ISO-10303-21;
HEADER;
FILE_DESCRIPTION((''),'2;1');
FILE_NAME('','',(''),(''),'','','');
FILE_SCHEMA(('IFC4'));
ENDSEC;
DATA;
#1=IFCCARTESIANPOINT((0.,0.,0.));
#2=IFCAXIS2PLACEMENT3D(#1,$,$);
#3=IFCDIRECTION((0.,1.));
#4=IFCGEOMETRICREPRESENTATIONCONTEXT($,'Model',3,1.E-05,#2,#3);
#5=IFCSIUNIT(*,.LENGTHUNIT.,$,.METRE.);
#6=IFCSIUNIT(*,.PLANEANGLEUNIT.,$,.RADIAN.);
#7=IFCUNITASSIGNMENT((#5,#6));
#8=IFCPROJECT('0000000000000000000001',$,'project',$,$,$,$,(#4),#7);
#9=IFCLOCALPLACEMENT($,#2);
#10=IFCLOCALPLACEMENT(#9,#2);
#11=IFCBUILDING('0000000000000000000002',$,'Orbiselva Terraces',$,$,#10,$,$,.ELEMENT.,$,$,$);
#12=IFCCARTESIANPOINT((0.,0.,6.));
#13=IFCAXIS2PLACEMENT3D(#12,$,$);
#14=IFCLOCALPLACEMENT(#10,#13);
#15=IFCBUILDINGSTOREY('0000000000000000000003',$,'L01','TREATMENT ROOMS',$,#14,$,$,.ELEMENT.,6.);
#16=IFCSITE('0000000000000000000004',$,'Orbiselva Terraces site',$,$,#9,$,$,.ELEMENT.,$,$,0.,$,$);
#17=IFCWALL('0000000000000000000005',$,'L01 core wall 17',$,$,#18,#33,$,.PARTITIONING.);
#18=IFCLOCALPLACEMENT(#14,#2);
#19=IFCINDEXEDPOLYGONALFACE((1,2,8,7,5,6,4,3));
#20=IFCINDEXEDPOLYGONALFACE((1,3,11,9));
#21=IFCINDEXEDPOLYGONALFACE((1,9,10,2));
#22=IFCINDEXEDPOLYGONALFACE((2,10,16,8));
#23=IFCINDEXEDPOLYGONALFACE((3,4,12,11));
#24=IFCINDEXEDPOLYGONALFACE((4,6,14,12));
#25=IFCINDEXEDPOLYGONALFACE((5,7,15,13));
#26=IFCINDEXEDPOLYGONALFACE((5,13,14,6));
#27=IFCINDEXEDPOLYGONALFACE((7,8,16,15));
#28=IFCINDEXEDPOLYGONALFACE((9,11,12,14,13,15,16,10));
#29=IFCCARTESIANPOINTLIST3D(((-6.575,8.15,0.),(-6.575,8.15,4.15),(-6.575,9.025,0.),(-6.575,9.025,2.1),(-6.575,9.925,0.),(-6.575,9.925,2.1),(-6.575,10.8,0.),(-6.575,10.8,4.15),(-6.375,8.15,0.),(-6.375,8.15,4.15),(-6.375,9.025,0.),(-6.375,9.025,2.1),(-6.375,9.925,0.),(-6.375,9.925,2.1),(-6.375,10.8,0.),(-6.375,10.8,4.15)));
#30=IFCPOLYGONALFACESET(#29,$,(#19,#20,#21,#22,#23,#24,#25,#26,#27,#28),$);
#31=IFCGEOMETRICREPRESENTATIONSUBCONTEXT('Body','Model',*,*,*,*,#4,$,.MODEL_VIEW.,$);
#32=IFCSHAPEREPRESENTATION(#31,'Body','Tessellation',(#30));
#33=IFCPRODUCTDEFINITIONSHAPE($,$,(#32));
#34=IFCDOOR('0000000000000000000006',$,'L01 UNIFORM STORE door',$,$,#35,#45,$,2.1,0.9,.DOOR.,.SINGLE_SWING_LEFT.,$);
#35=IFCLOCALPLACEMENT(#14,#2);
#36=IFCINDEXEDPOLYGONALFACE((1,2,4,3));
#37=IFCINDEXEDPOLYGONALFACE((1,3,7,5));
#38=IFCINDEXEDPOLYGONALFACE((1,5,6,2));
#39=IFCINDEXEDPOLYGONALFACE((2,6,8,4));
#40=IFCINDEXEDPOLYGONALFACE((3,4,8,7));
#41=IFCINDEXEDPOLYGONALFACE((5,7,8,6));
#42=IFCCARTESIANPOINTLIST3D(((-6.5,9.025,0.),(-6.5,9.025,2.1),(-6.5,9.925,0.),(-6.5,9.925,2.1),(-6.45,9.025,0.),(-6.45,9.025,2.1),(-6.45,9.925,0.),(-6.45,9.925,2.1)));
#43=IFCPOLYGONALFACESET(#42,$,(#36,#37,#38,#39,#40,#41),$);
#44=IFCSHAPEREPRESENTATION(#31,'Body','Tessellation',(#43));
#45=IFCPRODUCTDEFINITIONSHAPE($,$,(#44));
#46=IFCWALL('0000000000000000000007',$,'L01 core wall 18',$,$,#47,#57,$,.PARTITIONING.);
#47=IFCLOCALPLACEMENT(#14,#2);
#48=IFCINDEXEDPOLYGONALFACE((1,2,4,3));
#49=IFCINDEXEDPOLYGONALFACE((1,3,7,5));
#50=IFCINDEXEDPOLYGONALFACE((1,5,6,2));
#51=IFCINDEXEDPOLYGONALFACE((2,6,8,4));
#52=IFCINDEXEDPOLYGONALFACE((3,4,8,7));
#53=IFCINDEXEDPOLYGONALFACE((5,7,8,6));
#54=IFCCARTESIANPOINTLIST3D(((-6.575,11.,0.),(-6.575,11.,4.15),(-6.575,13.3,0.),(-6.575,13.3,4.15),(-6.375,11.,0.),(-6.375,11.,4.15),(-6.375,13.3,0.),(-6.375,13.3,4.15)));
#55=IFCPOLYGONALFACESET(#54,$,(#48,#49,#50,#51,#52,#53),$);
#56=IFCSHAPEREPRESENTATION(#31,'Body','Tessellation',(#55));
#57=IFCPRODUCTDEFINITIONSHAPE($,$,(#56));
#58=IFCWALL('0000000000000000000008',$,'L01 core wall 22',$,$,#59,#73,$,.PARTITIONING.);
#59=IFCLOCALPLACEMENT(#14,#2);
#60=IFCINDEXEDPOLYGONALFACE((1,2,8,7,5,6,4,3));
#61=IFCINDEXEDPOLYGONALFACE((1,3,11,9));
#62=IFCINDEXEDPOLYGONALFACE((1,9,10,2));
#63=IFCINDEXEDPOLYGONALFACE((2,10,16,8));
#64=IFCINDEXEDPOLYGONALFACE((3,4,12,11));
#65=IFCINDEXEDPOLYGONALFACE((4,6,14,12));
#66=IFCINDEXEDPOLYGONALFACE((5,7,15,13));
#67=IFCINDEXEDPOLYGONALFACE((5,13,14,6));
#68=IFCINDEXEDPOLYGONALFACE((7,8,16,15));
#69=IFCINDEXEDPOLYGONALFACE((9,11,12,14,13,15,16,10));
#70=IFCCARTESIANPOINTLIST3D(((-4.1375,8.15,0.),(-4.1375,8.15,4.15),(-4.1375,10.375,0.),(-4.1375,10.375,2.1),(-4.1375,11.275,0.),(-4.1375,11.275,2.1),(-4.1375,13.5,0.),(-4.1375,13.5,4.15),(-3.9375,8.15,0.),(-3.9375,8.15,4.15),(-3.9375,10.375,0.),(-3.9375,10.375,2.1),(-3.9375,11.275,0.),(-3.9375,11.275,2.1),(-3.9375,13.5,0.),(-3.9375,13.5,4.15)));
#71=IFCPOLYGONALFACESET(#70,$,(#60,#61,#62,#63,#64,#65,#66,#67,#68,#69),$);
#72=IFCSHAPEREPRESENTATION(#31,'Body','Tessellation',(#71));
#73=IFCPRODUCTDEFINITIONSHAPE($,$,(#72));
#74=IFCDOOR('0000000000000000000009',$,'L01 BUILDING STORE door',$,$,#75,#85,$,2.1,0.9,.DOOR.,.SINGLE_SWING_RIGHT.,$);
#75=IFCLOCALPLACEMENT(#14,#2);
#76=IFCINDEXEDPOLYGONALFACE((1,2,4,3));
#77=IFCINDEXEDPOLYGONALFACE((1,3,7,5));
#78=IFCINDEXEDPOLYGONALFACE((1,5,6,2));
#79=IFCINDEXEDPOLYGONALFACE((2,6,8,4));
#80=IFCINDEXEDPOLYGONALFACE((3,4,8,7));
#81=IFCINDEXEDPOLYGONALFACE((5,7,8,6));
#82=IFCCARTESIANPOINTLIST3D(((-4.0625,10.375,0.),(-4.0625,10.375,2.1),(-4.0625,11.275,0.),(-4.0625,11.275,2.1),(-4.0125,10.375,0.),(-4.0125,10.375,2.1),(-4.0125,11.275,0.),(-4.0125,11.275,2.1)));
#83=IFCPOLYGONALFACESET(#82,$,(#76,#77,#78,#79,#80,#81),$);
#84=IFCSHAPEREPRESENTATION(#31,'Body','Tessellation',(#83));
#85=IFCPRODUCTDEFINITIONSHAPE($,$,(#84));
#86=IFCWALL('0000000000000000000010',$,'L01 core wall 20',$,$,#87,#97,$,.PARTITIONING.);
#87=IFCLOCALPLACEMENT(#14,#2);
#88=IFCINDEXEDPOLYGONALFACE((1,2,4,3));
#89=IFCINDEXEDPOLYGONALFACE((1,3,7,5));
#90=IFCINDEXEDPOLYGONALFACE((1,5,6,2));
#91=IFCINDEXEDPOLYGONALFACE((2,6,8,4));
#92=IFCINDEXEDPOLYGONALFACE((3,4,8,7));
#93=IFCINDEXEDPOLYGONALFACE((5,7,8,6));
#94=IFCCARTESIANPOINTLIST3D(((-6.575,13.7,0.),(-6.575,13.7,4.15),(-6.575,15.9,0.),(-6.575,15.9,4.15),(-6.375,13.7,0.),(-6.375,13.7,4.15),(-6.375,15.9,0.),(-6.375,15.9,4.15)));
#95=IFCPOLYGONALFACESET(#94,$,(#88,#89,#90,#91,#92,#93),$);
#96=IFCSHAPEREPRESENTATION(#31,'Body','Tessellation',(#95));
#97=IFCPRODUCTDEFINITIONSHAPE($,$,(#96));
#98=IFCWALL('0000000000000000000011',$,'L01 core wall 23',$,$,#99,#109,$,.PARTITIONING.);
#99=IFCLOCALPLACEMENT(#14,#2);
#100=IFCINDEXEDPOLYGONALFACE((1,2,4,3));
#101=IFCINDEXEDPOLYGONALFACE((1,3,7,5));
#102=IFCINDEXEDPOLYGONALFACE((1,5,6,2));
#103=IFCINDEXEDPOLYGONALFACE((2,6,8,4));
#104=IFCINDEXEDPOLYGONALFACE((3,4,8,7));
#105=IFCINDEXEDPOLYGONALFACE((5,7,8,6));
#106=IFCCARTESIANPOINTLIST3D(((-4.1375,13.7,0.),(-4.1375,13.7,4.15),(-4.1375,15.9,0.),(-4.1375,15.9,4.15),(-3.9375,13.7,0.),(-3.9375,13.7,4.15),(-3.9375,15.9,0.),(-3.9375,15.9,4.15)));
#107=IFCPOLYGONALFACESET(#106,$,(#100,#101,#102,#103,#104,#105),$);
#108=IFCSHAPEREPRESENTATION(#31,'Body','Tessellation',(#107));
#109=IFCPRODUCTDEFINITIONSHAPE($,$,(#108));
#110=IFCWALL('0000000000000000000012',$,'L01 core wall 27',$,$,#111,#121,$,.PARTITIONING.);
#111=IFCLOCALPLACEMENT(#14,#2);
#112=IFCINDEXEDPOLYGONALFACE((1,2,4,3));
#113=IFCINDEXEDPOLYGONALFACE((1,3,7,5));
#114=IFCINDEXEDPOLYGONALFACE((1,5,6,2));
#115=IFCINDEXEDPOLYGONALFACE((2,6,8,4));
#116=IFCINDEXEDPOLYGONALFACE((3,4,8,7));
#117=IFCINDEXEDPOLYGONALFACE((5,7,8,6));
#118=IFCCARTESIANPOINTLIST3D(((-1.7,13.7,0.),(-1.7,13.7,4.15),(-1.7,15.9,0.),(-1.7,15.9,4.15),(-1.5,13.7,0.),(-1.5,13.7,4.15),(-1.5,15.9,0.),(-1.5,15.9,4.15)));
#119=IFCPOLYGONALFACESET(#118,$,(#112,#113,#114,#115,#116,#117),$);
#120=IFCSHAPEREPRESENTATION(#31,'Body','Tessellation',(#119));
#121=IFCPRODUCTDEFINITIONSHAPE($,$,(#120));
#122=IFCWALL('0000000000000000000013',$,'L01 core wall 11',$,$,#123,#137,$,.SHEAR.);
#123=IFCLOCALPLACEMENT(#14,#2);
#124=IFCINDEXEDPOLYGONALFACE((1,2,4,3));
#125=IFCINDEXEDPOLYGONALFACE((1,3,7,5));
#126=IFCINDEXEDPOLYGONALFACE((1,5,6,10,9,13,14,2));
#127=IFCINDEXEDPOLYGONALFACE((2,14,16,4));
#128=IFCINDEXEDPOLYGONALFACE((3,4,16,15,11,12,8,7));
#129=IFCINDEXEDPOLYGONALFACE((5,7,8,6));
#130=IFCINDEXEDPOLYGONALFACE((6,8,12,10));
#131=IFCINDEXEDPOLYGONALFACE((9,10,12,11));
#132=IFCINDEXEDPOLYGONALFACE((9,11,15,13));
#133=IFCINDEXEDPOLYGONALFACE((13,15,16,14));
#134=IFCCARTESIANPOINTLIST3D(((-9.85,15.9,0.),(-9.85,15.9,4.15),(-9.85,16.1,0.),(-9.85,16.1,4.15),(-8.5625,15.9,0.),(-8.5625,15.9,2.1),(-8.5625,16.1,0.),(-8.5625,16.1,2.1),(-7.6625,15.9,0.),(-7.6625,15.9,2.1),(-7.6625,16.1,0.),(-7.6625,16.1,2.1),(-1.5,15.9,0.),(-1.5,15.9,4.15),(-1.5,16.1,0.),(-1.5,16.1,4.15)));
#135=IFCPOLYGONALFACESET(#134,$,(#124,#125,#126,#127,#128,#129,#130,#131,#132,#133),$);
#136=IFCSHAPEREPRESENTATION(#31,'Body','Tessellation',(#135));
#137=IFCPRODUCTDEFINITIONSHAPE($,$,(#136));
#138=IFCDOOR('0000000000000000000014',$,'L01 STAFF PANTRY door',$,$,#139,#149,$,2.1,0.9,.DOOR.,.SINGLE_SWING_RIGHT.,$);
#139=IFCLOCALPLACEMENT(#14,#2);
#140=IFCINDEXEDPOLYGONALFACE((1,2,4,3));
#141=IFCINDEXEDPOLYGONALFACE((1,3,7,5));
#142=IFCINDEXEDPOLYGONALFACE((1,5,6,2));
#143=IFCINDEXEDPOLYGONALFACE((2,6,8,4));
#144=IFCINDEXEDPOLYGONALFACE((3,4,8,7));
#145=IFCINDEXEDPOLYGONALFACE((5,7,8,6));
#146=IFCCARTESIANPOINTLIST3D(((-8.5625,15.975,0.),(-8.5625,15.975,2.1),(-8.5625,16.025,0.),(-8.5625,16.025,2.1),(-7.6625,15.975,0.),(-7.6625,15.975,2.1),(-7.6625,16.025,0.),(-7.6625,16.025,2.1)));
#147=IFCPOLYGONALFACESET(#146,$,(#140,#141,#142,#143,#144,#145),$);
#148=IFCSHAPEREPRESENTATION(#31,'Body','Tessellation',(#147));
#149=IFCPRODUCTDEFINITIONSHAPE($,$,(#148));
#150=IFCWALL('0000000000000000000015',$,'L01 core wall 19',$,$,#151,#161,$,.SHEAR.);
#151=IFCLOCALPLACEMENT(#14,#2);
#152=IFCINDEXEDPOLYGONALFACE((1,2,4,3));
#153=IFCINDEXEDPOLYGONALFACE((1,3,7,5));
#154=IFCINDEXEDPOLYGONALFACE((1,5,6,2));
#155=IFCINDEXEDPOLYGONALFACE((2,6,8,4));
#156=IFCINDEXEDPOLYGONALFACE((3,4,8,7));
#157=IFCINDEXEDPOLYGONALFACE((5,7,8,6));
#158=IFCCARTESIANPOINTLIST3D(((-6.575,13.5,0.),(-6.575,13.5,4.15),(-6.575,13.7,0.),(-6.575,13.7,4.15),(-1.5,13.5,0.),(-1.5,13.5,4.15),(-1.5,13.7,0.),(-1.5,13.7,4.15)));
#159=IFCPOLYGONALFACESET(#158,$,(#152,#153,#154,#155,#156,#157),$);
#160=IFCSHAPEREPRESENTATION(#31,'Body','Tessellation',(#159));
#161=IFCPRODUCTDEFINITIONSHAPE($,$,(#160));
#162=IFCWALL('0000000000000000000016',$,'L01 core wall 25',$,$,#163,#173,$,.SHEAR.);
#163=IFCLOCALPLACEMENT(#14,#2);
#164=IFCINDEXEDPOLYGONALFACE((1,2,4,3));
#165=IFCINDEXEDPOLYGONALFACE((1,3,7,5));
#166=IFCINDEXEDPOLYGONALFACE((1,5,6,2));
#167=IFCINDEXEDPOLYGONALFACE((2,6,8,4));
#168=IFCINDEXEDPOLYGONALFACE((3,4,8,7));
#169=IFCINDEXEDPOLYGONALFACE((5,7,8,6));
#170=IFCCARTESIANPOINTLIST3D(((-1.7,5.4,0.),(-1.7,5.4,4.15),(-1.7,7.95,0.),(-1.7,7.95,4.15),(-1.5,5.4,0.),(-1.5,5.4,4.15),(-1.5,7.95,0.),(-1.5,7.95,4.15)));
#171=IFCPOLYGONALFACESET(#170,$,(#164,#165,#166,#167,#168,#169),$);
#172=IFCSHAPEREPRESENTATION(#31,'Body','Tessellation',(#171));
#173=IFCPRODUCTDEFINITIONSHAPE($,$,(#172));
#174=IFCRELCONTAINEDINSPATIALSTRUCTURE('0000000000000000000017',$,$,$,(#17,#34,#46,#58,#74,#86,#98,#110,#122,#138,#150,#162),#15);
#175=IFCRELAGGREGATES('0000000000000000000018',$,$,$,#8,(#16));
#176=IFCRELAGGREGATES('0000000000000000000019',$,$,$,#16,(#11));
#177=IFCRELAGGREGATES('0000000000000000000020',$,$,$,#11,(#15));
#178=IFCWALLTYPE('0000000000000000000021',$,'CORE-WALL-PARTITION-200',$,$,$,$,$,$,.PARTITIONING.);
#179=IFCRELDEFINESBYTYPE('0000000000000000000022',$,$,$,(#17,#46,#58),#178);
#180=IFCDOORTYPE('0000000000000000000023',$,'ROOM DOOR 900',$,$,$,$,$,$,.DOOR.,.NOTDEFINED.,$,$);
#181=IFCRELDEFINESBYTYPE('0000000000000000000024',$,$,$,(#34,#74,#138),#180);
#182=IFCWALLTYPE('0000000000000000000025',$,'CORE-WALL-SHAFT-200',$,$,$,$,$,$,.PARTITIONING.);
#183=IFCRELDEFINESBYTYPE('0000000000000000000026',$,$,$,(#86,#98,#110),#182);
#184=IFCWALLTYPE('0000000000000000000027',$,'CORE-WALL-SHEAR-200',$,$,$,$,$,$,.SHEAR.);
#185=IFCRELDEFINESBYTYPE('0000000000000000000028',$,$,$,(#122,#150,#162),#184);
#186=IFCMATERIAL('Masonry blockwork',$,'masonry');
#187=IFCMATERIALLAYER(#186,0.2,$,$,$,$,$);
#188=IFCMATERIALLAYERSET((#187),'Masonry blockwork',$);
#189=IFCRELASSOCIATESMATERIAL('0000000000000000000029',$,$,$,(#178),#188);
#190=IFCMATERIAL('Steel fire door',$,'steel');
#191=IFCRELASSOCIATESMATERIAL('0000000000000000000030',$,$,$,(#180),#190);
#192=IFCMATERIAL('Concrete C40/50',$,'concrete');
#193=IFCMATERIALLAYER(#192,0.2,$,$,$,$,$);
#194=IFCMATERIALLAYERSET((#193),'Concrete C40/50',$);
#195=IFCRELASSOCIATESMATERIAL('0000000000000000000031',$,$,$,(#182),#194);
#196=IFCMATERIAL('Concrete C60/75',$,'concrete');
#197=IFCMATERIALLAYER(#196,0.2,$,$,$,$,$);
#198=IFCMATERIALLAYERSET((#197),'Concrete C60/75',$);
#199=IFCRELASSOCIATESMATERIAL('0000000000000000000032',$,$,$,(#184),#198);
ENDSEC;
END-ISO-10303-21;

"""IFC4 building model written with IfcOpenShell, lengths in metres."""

from ifc_helpers import new_model, si_unit, direction, frame, frame_2d, origin, place, context, subcontext, project, spatial, rectangle, extrude, material, layer, layer_set, type_object, element, fill, save


model = new_model("IFC4")

# Units and contexts
model_context = context("Model", 3, precision=1e-05, world=origin(), true_north=direction((0.0, 1.0)))
body_context = subcontext(model_context, "Body", "Model", "MODEL_VIEW")
ifc_project = project(units=[si_unit("LENGTHUNIT", "METRE"), si_unit("PLANEANGLEUNIT", "RADIAN")], contexts=[model_context])

# Site, building, storey
site_placement = place(None, origin())
site = spatial("IfcSite", under=ifc_project, at=site_placement, Name="Orbiselva Terraces site", CompositionType="ELEMENT", RefElevation=0.0)
building_placement = place(site_placement, origin())
building = spatial("IfcBuilding", under=site, at=building_placement, Name="Orbiselva Terraces", CompositionType="ELEMENT")
storey_placement = place(building_placement, frame((0.0, 0.0, 6.0)))
storey = spatial("IfcBuildingStorey", under=building, at=storey_placement, Name="L01", Description="TREATMENT ROOMS", CompositionType="ELEMENT", Elevation=6.0)

# Wall, opening, door
ifc_material_1 = material(Name="Masonry blockwork", Category="masonry")
ifc_layer_1 = layer(ifc_material_1, 0.2)
ifc_layer_set_1 = layer_set([ifc_layer_1], Name="Masonry blockwork")
wall_type_1 = type_object("IfcWallType", Name="CORE-WALL-PARTITION-200", PredefinedType="PARTITIONING", material=ifc_layer_set_1)
wall_1_placement = place(storey_placement, frame((-6.475, 8.15, 0.0), z_axis=(0.0, 0.0, 1.0), x_axis=(0.0, 1.0, 0.0)))
wall_1 = element("IfcWall", 1, at=wall_1_placement, inside=storey, type_object=wall_type_1, Name="L01 core wall 17", PredefinedType="PARTITIONING", context=body_context, shape_type="SweptSolid", body=[
    extrude(rectangle(XDim=2.65, YDim=0.2, at=frame_2d((1.325, 0.0))), origin(), (0.0, 0.0, 1.0), 4.15),
])
opening_1_placement = place(wall_1_placement, frame((0.875, 0.0, 0.0)))
opening_1 = element("IfcOpeningElement", 2, at=opening_1_placement, cuts=wall_1, PredefinedType="OPENING", context=body_context, shape_type="SweptSolid", body=[
    extrude(rectangle(XDim=0.9, YDim=2.1, at=frame_2d((0.45, 1.05))), frame((0.0, 0.11, 0.0), z_axis=(0.0, -1.0, 0.0), x_axis=(1.0, 0.0, 0.0)), (0.0, 0.0, 1.0), 0.22),
])
ifc_material_2 = material(Name="Steel fire door", Category="steel")
door_type = type_object("IfcDoorType", Name="ROOM DOOR 900", OperationType="NOTDEFINED", PredefinedType="DOOR", material=ifc_material_2)
door_1_placement = place(opening_1_placement, origin())
door_1 = element("IfcDoor", 3, at=door_1_placement, inside=storey, type_object=door_type, Name="L01 UNIFORM STORE door", OperationType="SINGLE_SWING_LEFT", OverallHeight=2.1, OverallWidth=0.9, PredefinedType="DOOR", context=body_context, shape_type="SweptSolid", body=[
    extrude(rectangle(XDim=0.9, YDim=2.1, at=frame_2d((0.45, 1.05))), frame((0.0, 0.025, 0.0), z_axis=(0.0, -1.0, 0.0), x_axis=(1.0, 0.0, 0.0)), (0.0, 0.0, 1.0), 0.05),
])
fill(opening_1, door_1)

# Wall
wall_2_placement = place(storey_placement, frame((-6.475, 11.0, 0.0), z_axis=(0.0, 0.0, 1.0), x_axis=(0.0, 1.0, 0.0)))
element("IfcWall", 4, at=wall_2_placement, inside=storey, type_object=wall_type_1, Name="L01 core wall 18", PredefinedType="PARTITIONING", context=body_context, shape_type="SweptSolid", body=[
    extrude(rectangle(XDim=2.3, YDim=0.2, at=frame_2d((1.15, 0.0))), origin(), (0.0, 0.0, 1.0), 4.15),
])

# Wall, opening, door
wall_3_placement = place(storey_placement, frame((-4.0375, 8.15, 0.0), z_axis=(0.0, 0.0, 1.0), x_axis=(0.0, 1.0, 0.0)))
wall_3 = element("IfcWall", 5, at=wall_3_placement, inside=storey, type_object=wall_type_1, Name="L01 core wall 22", PredefinedType="PARTITIONING", context=body_context, shape_type="SweptSolid", body=[
    extrude(rectangle(XDim=5.35, YDim=0.2, at=frame_2d((2.675, 0.0))), origin(), (0.0, 0.0, 1.0), 4.15),
])
opening_2_placement = place(wall_3_placement, frame((2.225, 0.0, 0.0)))
opening_2 = element("IfcOpeningElement", 6, at=opening_2_placement, cuts=wall_3, PredefinedType="OPENING", context=body_context, shape_type="SweptSolid", body=[
    extrude(rectangle(XDim=0.9, YDim=2.1, at=frame_2d((0.45, 1.05))), frame((0.0, 0.11, 0.0), z_axis=(0.0, -1.0, 0.0), x_axis=(1.0, 0.0, 0.0)), (0.0, 0.0, 1.0), 0.22),
])
door_2_placement = place(opening_2_placement, origin())
door_2 = element("IfcDoor", 7, at=door_2_placement, inside=storey, type_object=door_type, Name="L01 BUILDING STORE door", OperationType="SINGLE_SWING_RIGHT", OverallHeight=2.1, OverallWidth=0.9, PredefinedType="DOOR", context=body_context, shape_type="SweptSolid", body=[
    extrude(rectangle(XDim=0.9, YDim=2.1, at=frame_2d((0.45, 1.05))), frame((0.0, 0.025, 0.0), z_axis=(0.0, -1.0, 0.0), x_axis=(1.0, 0.0, 0.0)), (0.0, 0.0, 1.0), 0.05),
])
fill(opening_2, door_2)

# Walls
ifc_material_3 = material(Name="Concrete C40/50", Category="concrete")
ifc_layer_2 = layer(ifc_material_3, 0.2)
ifc_layer_set_2 = layer_set([ifc_layer_2], Name="Concrete C40/50")
wall_type_2 = type_object("IfcWallType", Name="CORE-WALL-SHAFT-200", PredefinedType="PARTITIONING", material=ifc_layer_set_2)
for number, where, z_axis, x_axis, name in (
    (8, (-6.475, 13.7, 0.0), (0.0, 0.0, 1.0), (0.0, 1.0, 0.0), "L01 core wall 20"),
    (9, (-4.0375, 13.7, 0.0), (0.0, 0.0, 1.0), (0.0, 1.0, 0.0), "L01 core wall 23"),
    (10, (-1.6, 13.7, 0.0), (0.0, 0.0, 1.0), (0.0, 1.0, 0.0), "L01 core wall 27"),
):
    element("IfcWall", number, at=place(storey_placement, frame(where, z_axis=z_axis, x_axis=x_axis)), inside=storey, type_object=wall_type_2, Name=name, PredefinedType="PARTITIONING", context=body_context, shape_type="SweptSolid", body=[
        extrude(rectangle(XDim=2.2, YDim=0.2, at=frame_2d((1.1, 0.0))), origin(), (0.0, 0.0, 1.0), 4.15),
    ])

# Wall, opening, door
ifc_material_4 = material(Name="Concrete C60/75", Category="concrete")
ifc_layer_3 = layer(ifc_material_4, 0.2)
ifc_layer_set_3 = layer_set([ifc_layer_3], Name="Concrete C60/75")
wall_type_3 = type_object("IfcWallType", Name="CORE-WALL-SHEAR-200", PredefinedType="SHEAR", material=ifc_layer_set_3)
wall_4_placement = place(storey_placement, frame((-1.5, 16.0, 0.0), z_axis=(0.0, 0.0, 1.0), x_axis=(-1.0, 0.0, 0.0)))
wall_4 = element("IfcWall", 11, at=wall_4_placement, inside=storey, type_object=wall_type_3, Name="L01 core wall 11", PredefinedType="SHEAR", context=body_context, shape_type="SweptSolid", body=[
    extrude(rectangle(XDim=8.35, YDim=0.2, at=frame_2d((4.175, 0.0))), origin(), (0.0, 0.0, 1.0), 4.15),
])
opening_3_placement = place(wall_4_placement, frame((6.1625, 0.0, 0.0)))
opening_3 = element("IfcOpeningElement", 12, at=opening_3_placement, cuts=wall_4, PredefinedType="OPENING", context=body_context, shape_type="SweptSolid", body=[
    extrude(rectangle(XDim=0.9, YDim=2.1, at=frame_2d((0.45, 1.05))), frame((0.0, 0.11, 0.0), z_axis=(0.0, -1.0, 0.0), x_axis=(1.0, 0.0, 0.0)), (0.0, 0.0, 1.0), 0.22),
])
door_3_placement = place(opening_3_placement, origin())
door_3 = element("IfcDoor", 13, at=door_3_placement, inside=storey, type_object=door_type, Name="L01 STAFF PANTRY door", OperationType="SINGLE_SWING_RIGHT", OverallHeight=2.1, OverallWidth=0.9, PredefinedType="DOOR", context=body_context, shape_type="SweptSolid", body=[
    extrude(rectangle(XDim=0.9, YDim=2.1, at=frame_2d((0.45, 1.05))), frame((0.0, 0.025, 0.0), z_axis=(0.0, -1.0, 0.0), x_axis=(1.0, 0.0, 0.0)), (0.0, 0.0, 1.0), 0.05),
])
fill(opening_3, door_3)

# Walls
wall_5_placement = place(storey_placement, frame((-6.575, 13.6, 0.0), z_axis=(0.0, 0.0, 1.0), x_axis=(1.0, 0.0, 0.0)))
element("IfcWall", 14, at=wall_5_placement, inside=storey, type_object=wall_type_3, Name="L01 core wall 19", PredefinedType="SHEAR", context=body_context, shape_type="SweptSolid", body=[
    extrude(rectangle(XDim=5.075, YDim=0.2, at=frame_2d((2.5375, 0.0))), origin(), (0.0, 0.0, 1.0), 4.15),
])
wall_6_placement = place(storey_placement, frame((-1.6, 5.4, 0.0), z_axis=(0.0, 0.0, 1.0), x_axis=(0.0, 1.0, 0.0)))
element("IfcWall", 15, at=wall_6_placement, inside=storey, type_object=wall_type_3, Name="L01 core wall 25", PredefinedType="SHEAR", context=body_context, shape_type="SweptSolid", body=[
    extrude(rectangle(XDim=2.55, YDim=0.2, at=frame_2d((1.275, 0.0))), origin(), (0.0, 0.0, 1.0), 4.15),
])

save(model, "model.ifc")
